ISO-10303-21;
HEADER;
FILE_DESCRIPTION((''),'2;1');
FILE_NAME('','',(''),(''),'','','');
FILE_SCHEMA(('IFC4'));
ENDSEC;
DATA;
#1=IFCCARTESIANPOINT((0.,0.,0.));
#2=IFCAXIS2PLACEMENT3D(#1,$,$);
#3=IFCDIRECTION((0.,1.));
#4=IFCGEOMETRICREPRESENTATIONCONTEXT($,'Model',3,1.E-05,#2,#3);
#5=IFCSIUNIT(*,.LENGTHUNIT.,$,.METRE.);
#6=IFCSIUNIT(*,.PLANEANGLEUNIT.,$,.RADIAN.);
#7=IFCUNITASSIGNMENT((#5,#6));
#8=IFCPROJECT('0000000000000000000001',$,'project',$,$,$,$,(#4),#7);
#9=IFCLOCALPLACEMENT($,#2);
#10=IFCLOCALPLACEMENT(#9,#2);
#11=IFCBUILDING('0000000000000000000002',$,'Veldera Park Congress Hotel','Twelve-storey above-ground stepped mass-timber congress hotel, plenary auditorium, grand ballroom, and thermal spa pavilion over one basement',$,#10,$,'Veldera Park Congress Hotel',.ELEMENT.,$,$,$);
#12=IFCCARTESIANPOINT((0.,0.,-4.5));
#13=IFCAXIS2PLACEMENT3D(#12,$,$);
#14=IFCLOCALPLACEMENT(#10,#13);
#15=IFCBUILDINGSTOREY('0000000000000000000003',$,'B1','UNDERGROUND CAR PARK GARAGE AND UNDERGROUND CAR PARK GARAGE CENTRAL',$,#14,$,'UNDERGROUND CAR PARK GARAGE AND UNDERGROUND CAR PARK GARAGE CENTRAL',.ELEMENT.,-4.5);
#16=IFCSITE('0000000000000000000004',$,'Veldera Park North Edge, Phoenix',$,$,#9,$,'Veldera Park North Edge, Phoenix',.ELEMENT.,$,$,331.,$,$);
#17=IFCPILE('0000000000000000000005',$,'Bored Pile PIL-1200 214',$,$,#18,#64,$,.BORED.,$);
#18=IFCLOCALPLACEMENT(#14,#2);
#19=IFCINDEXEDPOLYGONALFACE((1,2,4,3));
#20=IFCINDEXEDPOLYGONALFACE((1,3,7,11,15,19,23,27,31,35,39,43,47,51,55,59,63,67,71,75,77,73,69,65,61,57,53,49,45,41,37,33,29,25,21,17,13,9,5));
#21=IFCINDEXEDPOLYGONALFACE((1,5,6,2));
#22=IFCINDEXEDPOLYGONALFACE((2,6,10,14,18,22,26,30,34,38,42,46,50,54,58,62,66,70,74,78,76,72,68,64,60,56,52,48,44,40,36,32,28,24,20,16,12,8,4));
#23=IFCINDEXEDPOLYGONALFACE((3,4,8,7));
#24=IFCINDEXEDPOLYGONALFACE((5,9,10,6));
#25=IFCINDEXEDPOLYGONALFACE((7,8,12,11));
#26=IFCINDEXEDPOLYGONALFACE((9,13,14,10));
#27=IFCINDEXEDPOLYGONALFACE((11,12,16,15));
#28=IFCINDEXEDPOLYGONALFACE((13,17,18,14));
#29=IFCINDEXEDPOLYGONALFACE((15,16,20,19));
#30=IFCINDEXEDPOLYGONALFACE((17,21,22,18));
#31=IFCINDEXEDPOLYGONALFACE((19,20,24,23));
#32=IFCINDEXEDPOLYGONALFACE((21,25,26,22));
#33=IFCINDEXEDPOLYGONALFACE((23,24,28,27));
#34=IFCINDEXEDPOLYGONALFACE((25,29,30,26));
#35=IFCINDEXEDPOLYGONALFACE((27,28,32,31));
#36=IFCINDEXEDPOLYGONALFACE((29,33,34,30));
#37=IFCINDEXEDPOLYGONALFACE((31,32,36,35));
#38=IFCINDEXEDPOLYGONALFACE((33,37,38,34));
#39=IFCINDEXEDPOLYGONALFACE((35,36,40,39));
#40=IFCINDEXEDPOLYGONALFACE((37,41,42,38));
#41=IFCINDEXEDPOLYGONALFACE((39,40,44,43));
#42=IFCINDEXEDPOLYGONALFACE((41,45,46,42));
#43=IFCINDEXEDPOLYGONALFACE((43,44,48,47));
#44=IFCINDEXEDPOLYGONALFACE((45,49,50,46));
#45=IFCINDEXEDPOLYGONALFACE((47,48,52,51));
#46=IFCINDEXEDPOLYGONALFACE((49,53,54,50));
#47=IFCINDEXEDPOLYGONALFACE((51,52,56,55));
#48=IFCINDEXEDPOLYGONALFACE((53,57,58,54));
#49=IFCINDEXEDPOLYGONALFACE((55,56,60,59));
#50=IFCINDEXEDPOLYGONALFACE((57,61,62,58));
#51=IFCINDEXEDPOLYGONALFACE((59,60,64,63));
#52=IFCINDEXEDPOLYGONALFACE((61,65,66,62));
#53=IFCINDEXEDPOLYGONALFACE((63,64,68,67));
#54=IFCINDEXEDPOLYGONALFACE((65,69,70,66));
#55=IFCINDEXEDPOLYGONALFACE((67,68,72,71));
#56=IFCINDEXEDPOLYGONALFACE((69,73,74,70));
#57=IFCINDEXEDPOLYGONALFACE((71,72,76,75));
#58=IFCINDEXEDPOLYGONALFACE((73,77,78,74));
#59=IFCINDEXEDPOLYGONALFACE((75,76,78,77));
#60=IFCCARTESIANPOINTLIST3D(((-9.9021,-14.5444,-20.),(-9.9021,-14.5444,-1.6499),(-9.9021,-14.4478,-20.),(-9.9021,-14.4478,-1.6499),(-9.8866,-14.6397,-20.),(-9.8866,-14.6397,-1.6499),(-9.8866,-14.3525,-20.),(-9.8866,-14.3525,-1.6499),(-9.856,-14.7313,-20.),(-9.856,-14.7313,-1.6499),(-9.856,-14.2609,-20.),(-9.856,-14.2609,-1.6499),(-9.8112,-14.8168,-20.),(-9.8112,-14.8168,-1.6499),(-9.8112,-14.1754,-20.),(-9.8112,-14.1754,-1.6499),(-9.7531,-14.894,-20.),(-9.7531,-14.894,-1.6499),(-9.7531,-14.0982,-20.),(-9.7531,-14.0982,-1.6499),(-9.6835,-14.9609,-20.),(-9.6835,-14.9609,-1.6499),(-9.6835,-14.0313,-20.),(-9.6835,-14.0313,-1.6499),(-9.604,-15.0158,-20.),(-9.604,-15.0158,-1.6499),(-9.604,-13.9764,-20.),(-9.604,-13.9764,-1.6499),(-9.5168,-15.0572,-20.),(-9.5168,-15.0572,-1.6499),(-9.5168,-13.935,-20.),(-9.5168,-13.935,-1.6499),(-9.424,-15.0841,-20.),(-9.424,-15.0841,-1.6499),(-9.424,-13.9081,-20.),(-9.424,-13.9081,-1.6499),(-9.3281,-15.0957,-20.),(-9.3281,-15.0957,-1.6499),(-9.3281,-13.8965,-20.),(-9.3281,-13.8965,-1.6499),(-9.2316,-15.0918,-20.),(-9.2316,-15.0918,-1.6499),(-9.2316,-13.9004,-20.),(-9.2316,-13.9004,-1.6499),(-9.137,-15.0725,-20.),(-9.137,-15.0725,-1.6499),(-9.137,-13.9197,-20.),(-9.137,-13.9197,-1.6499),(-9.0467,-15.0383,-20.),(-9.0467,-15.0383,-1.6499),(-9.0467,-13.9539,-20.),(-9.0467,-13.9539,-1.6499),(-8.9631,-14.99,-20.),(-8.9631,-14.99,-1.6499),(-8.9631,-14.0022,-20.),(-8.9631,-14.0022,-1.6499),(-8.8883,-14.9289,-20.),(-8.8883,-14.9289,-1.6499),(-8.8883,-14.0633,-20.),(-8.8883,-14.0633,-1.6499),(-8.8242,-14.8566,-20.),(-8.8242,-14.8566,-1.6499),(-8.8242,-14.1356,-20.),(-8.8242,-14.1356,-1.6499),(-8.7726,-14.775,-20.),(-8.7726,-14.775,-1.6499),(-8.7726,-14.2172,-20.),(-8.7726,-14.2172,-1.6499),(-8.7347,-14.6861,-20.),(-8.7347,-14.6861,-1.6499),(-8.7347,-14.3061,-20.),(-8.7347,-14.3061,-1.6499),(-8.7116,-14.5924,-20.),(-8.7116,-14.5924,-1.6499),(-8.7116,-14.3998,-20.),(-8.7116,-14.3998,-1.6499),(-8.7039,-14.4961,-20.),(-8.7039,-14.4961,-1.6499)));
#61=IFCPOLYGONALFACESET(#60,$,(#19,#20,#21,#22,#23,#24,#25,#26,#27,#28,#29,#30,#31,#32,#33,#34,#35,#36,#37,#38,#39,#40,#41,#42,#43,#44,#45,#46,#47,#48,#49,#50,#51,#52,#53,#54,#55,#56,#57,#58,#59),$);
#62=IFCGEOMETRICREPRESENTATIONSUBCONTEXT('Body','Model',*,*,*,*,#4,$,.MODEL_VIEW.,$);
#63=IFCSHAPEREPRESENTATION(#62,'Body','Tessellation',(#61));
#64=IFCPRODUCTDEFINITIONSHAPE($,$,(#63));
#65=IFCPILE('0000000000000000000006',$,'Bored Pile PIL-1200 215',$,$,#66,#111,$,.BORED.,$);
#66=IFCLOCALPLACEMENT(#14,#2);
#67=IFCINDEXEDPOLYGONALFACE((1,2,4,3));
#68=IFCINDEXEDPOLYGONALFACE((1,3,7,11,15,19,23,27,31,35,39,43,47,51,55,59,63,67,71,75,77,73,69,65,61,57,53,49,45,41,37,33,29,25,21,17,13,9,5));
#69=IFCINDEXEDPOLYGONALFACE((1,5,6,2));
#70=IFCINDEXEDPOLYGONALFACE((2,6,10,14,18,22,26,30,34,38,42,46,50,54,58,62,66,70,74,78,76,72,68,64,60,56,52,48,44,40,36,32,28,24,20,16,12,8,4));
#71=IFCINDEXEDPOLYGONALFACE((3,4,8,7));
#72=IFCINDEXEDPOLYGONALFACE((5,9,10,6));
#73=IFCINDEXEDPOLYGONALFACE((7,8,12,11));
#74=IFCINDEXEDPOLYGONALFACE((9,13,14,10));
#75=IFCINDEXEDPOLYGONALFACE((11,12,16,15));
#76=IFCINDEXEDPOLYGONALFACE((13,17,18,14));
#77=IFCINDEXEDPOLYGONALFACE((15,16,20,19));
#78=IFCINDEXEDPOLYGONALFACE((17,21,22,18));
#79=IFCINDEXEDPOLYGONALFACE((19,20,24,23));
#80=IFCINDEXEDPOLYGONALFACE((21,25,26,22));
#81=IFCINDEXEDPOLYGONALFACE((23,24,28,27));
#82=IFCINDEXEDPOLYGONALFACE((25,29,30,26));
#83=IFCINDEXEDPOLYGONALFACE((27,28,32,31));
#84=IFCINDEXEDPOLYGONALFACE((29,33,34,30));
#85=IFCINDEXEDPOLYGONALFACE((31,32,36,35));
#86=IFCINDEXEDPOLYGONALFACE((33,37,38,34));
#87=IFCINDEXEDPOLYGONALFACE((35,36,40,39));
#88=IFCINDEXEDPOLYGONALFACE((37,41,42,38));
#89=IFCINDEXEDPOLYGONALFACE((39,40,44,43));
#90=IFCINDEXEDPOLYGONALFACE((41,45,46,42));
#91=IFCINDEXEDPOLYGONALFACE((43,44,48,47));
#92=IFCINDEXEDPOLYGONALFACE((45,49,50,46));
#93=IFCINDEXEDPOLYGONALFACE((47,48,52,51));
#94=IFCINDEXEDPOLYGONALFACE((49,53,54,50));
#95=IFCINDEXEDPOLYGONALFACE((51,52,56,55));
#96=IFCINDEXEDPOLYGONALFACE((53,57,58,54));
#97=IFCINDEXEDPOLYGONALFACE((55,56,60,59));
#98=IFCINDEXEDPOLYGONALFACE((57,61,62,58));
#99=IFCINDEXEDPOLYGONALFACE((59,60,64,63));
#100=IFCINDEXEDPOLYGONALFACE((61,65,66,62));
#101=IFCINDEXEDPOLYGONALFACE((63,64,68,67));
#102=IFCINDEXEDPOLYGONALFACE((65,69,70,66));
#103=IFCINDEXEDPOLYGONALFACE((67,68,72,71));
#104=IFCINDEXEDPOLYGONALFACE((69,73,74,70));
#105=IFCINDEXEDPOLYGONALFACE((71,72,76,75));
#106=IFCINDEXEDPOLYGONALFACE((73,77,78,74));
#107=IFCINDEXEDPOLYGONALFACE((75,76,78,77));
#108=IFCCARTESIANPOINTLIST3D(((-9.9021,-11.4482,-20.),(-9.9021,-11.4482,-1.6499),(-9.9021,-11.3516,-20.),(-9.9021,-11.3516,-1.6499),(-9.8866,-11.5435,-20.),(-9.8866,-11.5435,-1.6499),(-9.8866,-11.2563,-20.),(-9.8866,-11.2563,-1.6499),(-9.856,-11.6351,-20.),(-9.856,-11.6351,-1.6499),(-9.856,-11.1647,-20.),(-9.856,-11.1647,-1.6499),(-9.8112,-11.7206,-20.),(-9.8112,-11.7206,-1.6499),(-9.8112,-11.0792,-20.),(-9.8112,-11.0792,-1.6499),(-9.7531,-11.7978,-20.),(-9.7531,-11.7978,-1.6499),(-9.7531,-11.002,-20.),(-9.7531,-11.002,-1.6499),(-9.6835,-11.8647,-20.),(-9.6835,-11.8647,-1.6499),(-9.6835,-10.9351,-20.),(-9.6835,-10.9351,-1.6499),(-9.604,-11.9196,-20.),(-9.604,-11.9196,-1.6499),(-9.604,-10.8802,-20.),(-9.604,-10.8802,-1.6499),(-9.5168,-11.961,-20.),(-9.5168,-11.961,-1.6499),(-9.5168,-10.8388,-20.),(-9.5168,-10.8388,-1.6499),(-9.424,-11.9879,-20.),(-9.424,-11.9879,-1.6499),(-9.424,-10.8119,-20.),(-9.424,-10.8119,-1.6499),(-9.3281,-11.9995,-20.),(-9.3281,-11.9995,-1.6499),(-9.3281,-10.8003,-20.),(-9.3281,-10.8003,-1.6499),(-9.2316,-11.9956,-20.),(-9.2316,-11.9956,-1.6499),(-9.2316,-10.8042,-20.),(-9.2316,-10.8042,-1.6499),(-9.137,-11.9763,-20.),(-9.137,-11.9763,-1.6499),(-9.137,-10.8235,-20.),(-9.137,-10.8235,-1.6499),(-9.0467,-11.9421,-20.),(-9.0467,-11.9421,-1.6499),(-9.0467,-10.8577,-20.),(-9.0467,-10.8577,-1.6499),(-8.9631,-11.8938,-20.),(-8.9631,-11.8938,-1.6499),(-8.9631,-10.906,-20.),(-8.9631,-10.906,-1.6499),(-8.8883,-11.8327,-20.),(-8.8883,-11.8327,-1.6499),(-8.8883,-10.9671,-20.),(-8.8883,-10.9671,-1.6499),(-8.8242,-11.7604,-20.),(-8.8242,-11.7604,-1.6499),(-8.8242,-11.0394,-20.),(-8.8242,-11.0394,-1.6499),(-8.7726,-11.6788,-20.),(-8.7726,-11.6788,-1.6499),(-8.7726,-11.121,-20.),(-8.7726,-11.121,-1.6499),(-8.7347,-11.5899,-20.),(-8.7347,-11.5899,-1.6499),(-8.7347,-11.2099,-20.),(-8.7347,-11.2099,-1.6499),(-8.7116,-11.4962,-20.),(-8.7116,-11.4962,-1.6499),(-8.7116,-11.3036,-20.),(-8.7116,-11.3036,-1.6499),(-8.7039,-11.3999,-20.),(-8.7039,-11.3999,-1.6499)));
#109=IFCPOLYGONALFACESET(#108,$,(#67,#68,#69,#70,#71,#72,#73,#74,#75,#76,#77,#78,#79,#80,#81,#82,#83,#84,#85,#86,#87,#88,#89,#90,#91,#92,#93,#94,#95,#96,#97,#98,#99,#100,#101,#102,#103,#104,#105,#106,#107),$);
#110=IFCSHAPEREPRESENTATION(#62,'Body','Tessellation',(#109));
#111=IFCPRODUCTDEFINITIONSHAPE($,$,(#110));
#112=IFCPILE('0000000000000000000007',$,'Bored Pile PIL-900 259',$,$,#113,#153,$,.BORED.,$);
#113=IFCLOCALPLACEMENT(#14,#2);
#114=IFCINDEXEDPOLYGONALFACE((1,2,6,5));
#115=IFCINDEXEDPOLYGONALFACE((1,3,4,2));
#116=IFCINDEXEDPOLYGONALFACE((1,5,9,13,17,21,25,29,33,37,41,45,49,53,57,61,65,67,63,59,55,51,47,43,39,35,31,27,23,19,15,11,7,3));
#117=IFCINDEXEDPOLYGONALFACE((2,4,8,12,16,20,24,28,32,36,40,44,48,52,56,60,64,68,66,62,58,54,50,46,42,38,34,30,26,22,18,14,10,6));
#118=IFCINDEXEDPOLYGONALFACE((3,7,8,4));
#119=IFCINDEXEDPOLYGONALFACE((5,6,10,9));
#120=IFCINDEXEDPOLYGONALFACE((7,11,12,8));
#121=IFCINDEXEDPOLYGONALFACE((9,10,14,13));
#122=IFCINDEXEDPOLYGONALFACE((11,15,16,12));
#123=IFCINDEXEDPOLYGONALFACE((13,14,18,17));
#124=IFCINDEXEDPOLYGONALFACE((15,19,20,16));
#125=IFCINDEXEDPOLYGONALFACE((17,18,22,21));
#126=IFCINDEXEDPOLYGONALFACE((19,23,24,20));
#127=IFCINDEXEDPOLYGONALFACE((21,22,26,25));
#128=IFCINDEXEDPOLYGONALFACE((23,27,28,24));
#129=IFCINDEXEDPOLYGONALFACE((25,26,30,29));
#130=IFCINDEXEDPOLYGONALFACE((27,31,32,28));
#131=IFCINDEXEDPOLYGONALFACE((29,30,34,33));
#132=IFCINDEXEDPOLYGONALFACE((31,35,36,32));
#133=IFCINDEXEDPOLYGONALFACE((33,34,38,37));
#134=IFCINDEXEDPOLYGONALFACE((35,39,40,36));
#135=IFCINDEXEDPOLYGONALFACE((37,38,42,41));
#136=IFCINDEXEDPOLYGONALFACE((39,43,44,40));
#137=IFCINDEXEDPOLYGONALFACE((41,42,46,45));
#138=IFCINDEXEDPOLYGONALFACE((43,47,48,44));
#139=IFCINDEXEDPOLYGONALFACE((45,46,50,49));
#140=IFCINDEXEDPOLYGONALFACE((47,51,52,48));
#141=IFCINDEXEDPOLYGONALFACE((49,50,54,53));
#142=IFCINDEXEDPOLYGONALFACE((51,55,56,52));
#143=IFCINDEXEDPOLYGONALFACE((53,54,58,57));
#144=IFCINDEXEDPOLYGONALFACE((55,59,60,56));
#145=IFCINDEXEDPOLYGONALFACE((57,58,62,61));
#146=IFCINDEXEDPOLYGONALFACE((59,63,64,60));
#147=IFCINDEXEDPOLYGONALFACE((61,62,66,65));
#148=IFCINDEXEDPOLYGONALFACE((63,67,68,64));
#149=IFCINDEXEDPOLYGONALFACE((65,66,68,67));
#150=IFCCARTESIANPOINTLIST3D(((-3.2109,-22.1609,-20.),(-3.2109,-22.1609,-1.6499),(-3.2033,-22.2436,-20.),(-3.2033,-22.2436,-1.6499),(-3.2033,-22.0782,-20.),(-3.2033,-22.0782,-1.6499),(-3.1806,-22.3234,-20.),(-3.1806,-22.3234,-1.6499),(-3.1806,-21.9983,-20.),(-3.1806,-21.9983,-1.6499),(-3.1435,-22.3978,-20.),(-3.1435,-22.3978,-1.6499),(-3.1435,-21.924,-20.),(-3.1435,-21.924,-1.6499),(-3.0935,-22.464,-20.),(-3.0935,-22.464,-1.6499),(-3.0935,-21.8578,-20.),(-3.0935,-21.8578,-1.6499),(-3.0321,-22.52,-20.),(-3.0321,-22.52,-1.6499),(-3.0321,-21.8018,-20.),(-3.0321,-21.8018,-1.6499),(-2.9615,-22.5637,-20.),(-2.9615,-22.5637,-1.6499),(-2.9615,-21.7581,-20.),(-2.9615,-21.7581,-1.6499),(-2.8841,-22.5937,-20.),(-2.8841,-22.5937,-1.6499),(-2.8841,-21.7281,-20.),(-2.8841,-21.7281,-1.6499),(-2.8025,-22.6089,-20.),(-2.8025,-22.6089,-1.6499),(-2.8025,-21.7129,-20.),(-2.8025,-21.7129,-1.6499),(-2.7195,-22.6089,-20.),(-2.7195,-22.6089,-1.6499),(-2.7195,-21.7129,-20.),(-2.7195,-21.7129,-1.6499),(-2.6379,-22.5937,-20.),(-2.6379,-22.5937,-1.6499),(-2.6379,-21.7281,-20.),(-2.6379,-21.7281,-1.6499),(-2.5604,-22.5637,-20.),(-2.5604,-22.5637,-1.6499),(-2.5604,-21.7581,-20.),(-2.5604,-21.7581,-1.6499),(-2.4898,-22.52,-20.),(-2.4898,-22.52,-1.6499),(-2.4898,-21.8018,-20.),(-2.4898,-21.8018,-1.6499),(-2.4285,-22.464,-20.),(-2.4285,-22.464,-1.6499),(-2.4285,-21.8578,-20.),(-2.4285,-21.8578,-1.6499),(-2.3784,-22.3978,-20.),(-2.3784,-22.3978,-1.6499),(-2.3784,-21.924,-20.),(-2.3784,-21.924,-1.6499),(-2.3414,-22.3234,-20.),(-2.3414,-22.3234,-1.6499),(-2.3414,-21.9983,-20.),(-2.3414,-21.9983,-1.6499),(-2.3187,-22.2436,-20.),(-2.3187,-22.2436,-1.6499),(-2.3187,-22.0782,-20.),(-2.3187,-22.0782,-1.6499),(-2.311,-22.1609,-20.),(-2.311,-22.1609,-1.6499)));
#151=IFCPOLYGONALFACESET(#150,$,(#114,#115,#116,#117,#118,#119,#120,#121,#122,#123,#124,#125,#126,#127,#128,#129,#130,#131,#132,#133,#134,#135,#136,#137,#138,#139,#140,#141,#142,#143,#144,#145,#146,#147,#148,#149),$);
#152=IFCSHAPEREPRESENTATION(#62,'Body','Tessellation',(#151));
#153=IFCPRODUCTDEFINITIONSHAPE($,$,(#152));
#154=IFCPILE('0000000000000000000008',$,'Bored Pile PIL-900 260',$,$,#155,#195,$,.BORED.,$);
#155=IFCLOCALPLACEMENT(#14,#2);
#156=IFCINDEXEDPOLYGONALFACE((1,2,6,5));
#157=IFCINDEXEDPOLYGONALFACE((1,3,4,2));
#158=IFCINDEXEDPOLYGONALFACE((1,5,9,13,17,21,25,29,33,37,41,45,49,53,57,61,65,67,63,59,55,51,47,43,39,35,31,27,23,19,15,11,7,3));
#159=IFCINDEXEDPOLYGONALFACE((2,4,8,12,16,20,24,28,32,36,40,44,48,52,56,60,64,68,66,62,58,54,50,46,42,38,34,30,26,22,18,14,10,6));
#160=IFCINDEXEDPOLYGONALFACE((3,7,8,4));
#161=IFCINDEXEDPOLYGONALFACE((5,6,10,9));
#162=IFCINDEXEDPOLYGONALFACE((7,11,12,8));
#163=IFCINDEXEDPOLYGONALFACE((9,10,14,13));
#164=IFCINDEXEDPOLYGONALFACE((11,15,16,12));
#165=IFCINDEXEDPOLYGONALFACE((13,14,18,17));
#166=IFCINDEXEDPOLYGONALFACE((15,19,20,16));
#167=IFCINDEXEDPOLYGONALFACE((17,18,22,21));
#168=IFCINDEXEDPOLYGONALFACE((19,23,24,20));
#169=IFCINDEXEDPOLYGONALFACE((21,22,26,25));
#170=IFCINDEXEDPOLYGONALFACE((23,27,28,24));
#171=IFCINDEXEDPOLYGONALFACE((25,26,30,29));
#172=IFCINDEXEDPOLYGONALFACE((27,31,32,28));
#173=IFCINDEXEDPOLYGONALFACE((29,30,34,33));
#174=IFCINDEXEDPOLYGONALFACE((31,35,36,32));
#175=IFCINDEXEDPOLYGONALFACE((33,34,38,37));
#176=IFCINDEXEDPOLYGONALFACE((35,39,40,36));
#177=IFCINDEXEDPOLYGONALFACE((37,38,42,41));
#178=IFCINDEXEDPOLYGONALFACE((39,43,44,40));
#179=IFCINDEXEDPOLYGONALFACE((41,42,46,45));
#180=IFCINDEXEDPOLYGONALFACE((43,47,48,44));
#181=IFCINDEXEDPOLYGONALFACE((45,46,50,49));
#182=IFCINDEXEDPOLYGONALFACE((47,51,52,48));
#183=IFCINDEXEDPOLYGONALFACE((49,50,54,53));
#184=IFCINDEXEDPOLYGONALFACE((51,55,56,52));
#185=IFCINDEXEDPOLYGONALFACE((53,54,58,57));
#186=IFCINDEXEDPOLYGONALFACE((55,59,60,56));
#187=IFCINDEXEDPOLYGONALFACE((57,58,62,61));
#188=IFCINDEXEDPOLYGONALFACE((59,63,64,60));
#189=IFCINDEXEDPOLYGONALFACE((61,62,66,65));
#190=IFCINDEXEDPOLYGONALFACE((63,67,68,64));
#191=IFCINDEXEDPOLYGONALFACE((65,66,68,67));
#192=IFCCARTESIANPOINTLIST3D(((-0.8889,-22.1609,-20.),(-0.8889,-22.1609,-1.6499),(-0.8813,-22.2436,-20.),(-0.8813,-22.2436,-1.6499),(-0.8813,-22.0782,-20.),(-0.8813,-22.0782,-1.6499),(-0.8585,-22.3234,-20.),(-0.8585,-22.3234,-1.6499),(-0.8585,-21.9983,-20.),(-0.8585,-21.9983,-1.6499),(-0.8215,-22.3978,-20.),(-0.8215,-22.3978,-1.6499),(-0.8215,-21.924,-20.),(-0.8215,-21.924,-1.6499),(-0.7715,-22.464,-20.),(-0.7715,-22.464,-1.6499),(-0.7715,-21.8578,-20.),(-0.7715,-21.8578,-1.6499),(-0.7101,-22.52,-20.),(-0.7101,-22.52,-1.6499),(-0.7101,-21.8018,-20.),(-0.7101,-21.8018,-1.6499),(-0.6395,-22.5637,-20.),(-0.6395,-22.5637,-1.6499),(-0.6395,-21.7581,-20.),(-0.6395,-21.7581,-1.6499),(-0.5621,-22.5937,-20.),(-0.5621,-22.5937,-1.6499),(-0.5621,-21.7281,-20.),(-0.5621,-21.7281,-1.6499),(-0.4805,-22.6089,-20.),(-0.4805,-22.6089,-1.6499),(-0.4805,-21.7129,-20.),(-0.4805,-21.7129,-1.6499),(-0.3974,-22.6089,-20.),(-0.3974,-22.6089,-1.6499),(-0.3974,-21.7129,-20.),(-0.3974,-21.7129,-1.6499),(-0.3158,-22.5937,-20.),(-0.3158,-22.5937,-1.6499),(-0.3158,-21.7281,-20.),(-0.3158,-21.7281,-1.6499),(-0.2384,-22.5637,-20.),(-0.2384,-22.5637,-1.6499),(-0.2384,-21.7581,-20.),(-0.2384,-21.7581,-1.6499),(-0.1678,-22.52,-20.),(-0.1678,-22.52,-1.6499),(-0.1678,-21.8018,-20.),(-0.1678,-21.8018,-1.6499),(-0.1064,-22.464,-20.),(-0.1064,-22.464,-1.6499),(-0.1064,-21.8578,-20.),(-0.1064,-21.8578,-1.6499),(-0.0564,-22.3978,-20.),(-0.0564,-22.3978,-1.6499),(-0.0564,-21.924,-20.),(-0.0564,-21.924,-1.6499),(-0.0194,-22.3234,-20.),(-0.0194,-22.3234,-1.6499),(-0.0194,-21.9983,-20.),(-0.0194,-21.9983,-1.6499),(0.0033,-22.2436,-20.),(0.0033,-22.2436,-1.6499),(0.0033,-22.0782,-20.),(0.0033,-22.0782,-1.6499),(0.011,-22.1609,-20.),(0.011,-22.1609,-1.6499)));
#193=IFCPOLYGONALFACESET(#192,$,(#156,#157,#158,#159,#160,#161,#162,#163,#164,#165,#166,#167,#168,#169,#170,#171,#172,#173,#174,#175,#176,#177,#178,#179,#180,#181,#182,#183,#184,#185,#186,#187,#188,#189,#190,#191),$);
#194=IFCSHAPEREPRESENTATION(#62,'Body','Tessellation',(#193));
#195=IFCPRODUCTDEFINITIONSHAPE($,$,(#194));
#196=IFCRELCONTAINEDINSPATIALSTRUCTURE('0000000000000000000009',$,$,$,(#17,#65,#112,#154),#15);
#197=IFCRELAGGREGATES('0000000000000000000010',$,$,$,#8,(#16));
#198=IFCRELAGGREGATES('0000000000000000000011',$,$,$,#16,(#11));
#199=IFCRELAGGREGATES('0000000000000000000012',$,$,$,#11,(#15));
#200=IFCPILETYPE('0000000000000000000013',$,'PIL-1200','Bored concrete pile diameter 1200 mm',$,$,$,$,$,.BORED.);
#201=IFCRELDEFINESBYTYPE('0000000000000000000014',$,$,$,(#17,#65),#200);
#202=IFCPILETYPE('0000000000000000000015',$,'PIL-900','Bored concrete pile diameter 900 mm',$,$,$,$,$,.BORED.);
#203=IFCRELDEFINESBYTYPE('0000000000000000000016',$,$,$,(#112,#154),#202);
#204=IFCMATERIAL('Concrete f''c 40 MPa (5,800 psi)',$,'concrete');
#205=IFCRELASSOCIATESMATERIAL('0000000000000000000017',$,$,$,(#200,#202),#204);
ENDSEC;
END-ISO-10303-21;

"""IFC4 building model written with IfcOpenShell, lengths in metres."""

from ifc_helpers import new_model, si_unit, direction, frame, origin, origin_2d, place, context, subcontext, project, spatial, circle, extrude, material, material_profile, profile_set, type_object, element, save


model = new_model("IFC4")

# Units and contexts
model_context = context("Model", 3, precision=1e-05, world=origin(), true_north=direction((0.0, 1.0)))
body_context = subcontext(model_context, "Body", "Model", "MODEL_VIEW")
ifc_project = project(units=[si_unit("LENGTHUNIT", "METRE"), si_unit("PLANEANGLEUNIT", "RADIAN")], contexts=[model_context])

# Site, building, storey
site_placement = place(None, origin())
site = spatial("IfcSite", under=ifc_project, at=site_placement, Name="Veldera Park North Edge, Phoenix", LongName="Veldera Park North Edge, Phoenix", CompositionType="ELEMENT", RefElevation=331.0)
building_placement = place(site_placement, origin())
building = spatial("IfcBuilding", under=site, at=building_placement, Name="Veldera Park Congress Hotel", Description="Twelve-storey above-ground stepped mass-timber congress hotel, plenary auditorium, grand ballroom, and thermal spa pavilion over one basement", LongName="Veldera Park Congress Hotel", CompositionType="ELEMENT")
storey_placement = place(building_placement, frame((0.0, 0.0, -4.5)))
storey = spatial("IfcBuildingStorey", under=building, at=storey_placement, Name="B1", Description="UNDERGROUND CAR PARK GARAGE AND UNDERGROUND CAR PARK GARAGE CENTRAL", LongName="UNDERGROUND CAR PARK GARAGE AND UNDERGROUND CAR PARK GARAGE CENTRAL", CompositionType="ELEMENT", Elevation=-4.5)

# Shared definitions
ifc_material_1 = material(Name="Concrete f'c 40 MPa (5,800 psi)", Category="concrete")

# Piles
ifc_material_profile_1 = material_profile(ifc_material_1, circle(Radius=0.6001, at=origin_2d()), Name="PILE D1200")
ifc_profile_set_1 = profile_set([ifc_material_profile_1], Name="Concrete f'c 40 MPa (5,800 psi)")
pile_type_1 = type_object("IfcPileType", Name="PIL-1200", Description="Bored concrete pile diameter 1200 mm", PredefinedType="BORED", material=ifc_profile_set_1)
for number, where, z_axis, x_axis, name in (
    (1, (-9.304, -14.4961, -1.6499), (0.0, 0.0, -1.0), (1.0, 0.0, 0.0), "Bored Pile PIL-1200 214"),
    (2, (-9.304, -11.3999, -1.6499), (0.0, 0.0, -1.0), (1.0, 0.0, 0.0), "Bored Pile PIL-1200 215"),
):
    element("IfcPile", number, at=place(storey_placement, frame(where, z_axis=z_axis, x_axis=x_axis)), inside=storey, type_object=pile_type_1, Name=name, PredefinedType="BORED", context=body_context, shape_type="SweptSolid", body=[
        extrude(circle(Radius=0.6001, at=origin_2d()), origin(), (0.0, 0.0, 1.0), 18.3501),
    ])
ifc_material_profile_2 = material_profile(ifc_material_1, circle(Radius=0.45, at=origin_2d()), Name="PILE D900")
ifc_profile_set_2 = profile_set([ifc_material_profile_2], Name="Concrete f'c 40 MPa (5,800 psi)")
pile_type_2 = type_object("IfcPileType", Name="PIL-900", Description="Bored concrete pile diameter 900 mm", PredefinedType="BORED", material=ifc_profile_set_2)
for number, where, z_axis, x_axis, name in (
    (3, (-2.761, -22.1609, -1.6499), (0.0, 0.0, -1.0), (1.0, 0.0, 0.0), "Bored Pile PIL-900 259"),
    (4, (-0.439, -22.1609, -1.6499), (0.0, 0.0, -1.0), (1.0, 0.0, 0.0), "Bored Pile PIL-900 260"),
):
    element("IfcPile", number, at=place(storey_placement, frame(where, z_axis=z_axis, x_axis=x_axis)), inside=storey, type_object=pile_type_2, Name=name, PredefinedType="BORED", context=body_context, shape_type="SweptSolid", body=[
        extrude(circle(Radius=0.45, at=origin_2d()), origin(), (0.0, 0.0, 1.0), 18.3501),
    ])

save(model, "model.ifc")
